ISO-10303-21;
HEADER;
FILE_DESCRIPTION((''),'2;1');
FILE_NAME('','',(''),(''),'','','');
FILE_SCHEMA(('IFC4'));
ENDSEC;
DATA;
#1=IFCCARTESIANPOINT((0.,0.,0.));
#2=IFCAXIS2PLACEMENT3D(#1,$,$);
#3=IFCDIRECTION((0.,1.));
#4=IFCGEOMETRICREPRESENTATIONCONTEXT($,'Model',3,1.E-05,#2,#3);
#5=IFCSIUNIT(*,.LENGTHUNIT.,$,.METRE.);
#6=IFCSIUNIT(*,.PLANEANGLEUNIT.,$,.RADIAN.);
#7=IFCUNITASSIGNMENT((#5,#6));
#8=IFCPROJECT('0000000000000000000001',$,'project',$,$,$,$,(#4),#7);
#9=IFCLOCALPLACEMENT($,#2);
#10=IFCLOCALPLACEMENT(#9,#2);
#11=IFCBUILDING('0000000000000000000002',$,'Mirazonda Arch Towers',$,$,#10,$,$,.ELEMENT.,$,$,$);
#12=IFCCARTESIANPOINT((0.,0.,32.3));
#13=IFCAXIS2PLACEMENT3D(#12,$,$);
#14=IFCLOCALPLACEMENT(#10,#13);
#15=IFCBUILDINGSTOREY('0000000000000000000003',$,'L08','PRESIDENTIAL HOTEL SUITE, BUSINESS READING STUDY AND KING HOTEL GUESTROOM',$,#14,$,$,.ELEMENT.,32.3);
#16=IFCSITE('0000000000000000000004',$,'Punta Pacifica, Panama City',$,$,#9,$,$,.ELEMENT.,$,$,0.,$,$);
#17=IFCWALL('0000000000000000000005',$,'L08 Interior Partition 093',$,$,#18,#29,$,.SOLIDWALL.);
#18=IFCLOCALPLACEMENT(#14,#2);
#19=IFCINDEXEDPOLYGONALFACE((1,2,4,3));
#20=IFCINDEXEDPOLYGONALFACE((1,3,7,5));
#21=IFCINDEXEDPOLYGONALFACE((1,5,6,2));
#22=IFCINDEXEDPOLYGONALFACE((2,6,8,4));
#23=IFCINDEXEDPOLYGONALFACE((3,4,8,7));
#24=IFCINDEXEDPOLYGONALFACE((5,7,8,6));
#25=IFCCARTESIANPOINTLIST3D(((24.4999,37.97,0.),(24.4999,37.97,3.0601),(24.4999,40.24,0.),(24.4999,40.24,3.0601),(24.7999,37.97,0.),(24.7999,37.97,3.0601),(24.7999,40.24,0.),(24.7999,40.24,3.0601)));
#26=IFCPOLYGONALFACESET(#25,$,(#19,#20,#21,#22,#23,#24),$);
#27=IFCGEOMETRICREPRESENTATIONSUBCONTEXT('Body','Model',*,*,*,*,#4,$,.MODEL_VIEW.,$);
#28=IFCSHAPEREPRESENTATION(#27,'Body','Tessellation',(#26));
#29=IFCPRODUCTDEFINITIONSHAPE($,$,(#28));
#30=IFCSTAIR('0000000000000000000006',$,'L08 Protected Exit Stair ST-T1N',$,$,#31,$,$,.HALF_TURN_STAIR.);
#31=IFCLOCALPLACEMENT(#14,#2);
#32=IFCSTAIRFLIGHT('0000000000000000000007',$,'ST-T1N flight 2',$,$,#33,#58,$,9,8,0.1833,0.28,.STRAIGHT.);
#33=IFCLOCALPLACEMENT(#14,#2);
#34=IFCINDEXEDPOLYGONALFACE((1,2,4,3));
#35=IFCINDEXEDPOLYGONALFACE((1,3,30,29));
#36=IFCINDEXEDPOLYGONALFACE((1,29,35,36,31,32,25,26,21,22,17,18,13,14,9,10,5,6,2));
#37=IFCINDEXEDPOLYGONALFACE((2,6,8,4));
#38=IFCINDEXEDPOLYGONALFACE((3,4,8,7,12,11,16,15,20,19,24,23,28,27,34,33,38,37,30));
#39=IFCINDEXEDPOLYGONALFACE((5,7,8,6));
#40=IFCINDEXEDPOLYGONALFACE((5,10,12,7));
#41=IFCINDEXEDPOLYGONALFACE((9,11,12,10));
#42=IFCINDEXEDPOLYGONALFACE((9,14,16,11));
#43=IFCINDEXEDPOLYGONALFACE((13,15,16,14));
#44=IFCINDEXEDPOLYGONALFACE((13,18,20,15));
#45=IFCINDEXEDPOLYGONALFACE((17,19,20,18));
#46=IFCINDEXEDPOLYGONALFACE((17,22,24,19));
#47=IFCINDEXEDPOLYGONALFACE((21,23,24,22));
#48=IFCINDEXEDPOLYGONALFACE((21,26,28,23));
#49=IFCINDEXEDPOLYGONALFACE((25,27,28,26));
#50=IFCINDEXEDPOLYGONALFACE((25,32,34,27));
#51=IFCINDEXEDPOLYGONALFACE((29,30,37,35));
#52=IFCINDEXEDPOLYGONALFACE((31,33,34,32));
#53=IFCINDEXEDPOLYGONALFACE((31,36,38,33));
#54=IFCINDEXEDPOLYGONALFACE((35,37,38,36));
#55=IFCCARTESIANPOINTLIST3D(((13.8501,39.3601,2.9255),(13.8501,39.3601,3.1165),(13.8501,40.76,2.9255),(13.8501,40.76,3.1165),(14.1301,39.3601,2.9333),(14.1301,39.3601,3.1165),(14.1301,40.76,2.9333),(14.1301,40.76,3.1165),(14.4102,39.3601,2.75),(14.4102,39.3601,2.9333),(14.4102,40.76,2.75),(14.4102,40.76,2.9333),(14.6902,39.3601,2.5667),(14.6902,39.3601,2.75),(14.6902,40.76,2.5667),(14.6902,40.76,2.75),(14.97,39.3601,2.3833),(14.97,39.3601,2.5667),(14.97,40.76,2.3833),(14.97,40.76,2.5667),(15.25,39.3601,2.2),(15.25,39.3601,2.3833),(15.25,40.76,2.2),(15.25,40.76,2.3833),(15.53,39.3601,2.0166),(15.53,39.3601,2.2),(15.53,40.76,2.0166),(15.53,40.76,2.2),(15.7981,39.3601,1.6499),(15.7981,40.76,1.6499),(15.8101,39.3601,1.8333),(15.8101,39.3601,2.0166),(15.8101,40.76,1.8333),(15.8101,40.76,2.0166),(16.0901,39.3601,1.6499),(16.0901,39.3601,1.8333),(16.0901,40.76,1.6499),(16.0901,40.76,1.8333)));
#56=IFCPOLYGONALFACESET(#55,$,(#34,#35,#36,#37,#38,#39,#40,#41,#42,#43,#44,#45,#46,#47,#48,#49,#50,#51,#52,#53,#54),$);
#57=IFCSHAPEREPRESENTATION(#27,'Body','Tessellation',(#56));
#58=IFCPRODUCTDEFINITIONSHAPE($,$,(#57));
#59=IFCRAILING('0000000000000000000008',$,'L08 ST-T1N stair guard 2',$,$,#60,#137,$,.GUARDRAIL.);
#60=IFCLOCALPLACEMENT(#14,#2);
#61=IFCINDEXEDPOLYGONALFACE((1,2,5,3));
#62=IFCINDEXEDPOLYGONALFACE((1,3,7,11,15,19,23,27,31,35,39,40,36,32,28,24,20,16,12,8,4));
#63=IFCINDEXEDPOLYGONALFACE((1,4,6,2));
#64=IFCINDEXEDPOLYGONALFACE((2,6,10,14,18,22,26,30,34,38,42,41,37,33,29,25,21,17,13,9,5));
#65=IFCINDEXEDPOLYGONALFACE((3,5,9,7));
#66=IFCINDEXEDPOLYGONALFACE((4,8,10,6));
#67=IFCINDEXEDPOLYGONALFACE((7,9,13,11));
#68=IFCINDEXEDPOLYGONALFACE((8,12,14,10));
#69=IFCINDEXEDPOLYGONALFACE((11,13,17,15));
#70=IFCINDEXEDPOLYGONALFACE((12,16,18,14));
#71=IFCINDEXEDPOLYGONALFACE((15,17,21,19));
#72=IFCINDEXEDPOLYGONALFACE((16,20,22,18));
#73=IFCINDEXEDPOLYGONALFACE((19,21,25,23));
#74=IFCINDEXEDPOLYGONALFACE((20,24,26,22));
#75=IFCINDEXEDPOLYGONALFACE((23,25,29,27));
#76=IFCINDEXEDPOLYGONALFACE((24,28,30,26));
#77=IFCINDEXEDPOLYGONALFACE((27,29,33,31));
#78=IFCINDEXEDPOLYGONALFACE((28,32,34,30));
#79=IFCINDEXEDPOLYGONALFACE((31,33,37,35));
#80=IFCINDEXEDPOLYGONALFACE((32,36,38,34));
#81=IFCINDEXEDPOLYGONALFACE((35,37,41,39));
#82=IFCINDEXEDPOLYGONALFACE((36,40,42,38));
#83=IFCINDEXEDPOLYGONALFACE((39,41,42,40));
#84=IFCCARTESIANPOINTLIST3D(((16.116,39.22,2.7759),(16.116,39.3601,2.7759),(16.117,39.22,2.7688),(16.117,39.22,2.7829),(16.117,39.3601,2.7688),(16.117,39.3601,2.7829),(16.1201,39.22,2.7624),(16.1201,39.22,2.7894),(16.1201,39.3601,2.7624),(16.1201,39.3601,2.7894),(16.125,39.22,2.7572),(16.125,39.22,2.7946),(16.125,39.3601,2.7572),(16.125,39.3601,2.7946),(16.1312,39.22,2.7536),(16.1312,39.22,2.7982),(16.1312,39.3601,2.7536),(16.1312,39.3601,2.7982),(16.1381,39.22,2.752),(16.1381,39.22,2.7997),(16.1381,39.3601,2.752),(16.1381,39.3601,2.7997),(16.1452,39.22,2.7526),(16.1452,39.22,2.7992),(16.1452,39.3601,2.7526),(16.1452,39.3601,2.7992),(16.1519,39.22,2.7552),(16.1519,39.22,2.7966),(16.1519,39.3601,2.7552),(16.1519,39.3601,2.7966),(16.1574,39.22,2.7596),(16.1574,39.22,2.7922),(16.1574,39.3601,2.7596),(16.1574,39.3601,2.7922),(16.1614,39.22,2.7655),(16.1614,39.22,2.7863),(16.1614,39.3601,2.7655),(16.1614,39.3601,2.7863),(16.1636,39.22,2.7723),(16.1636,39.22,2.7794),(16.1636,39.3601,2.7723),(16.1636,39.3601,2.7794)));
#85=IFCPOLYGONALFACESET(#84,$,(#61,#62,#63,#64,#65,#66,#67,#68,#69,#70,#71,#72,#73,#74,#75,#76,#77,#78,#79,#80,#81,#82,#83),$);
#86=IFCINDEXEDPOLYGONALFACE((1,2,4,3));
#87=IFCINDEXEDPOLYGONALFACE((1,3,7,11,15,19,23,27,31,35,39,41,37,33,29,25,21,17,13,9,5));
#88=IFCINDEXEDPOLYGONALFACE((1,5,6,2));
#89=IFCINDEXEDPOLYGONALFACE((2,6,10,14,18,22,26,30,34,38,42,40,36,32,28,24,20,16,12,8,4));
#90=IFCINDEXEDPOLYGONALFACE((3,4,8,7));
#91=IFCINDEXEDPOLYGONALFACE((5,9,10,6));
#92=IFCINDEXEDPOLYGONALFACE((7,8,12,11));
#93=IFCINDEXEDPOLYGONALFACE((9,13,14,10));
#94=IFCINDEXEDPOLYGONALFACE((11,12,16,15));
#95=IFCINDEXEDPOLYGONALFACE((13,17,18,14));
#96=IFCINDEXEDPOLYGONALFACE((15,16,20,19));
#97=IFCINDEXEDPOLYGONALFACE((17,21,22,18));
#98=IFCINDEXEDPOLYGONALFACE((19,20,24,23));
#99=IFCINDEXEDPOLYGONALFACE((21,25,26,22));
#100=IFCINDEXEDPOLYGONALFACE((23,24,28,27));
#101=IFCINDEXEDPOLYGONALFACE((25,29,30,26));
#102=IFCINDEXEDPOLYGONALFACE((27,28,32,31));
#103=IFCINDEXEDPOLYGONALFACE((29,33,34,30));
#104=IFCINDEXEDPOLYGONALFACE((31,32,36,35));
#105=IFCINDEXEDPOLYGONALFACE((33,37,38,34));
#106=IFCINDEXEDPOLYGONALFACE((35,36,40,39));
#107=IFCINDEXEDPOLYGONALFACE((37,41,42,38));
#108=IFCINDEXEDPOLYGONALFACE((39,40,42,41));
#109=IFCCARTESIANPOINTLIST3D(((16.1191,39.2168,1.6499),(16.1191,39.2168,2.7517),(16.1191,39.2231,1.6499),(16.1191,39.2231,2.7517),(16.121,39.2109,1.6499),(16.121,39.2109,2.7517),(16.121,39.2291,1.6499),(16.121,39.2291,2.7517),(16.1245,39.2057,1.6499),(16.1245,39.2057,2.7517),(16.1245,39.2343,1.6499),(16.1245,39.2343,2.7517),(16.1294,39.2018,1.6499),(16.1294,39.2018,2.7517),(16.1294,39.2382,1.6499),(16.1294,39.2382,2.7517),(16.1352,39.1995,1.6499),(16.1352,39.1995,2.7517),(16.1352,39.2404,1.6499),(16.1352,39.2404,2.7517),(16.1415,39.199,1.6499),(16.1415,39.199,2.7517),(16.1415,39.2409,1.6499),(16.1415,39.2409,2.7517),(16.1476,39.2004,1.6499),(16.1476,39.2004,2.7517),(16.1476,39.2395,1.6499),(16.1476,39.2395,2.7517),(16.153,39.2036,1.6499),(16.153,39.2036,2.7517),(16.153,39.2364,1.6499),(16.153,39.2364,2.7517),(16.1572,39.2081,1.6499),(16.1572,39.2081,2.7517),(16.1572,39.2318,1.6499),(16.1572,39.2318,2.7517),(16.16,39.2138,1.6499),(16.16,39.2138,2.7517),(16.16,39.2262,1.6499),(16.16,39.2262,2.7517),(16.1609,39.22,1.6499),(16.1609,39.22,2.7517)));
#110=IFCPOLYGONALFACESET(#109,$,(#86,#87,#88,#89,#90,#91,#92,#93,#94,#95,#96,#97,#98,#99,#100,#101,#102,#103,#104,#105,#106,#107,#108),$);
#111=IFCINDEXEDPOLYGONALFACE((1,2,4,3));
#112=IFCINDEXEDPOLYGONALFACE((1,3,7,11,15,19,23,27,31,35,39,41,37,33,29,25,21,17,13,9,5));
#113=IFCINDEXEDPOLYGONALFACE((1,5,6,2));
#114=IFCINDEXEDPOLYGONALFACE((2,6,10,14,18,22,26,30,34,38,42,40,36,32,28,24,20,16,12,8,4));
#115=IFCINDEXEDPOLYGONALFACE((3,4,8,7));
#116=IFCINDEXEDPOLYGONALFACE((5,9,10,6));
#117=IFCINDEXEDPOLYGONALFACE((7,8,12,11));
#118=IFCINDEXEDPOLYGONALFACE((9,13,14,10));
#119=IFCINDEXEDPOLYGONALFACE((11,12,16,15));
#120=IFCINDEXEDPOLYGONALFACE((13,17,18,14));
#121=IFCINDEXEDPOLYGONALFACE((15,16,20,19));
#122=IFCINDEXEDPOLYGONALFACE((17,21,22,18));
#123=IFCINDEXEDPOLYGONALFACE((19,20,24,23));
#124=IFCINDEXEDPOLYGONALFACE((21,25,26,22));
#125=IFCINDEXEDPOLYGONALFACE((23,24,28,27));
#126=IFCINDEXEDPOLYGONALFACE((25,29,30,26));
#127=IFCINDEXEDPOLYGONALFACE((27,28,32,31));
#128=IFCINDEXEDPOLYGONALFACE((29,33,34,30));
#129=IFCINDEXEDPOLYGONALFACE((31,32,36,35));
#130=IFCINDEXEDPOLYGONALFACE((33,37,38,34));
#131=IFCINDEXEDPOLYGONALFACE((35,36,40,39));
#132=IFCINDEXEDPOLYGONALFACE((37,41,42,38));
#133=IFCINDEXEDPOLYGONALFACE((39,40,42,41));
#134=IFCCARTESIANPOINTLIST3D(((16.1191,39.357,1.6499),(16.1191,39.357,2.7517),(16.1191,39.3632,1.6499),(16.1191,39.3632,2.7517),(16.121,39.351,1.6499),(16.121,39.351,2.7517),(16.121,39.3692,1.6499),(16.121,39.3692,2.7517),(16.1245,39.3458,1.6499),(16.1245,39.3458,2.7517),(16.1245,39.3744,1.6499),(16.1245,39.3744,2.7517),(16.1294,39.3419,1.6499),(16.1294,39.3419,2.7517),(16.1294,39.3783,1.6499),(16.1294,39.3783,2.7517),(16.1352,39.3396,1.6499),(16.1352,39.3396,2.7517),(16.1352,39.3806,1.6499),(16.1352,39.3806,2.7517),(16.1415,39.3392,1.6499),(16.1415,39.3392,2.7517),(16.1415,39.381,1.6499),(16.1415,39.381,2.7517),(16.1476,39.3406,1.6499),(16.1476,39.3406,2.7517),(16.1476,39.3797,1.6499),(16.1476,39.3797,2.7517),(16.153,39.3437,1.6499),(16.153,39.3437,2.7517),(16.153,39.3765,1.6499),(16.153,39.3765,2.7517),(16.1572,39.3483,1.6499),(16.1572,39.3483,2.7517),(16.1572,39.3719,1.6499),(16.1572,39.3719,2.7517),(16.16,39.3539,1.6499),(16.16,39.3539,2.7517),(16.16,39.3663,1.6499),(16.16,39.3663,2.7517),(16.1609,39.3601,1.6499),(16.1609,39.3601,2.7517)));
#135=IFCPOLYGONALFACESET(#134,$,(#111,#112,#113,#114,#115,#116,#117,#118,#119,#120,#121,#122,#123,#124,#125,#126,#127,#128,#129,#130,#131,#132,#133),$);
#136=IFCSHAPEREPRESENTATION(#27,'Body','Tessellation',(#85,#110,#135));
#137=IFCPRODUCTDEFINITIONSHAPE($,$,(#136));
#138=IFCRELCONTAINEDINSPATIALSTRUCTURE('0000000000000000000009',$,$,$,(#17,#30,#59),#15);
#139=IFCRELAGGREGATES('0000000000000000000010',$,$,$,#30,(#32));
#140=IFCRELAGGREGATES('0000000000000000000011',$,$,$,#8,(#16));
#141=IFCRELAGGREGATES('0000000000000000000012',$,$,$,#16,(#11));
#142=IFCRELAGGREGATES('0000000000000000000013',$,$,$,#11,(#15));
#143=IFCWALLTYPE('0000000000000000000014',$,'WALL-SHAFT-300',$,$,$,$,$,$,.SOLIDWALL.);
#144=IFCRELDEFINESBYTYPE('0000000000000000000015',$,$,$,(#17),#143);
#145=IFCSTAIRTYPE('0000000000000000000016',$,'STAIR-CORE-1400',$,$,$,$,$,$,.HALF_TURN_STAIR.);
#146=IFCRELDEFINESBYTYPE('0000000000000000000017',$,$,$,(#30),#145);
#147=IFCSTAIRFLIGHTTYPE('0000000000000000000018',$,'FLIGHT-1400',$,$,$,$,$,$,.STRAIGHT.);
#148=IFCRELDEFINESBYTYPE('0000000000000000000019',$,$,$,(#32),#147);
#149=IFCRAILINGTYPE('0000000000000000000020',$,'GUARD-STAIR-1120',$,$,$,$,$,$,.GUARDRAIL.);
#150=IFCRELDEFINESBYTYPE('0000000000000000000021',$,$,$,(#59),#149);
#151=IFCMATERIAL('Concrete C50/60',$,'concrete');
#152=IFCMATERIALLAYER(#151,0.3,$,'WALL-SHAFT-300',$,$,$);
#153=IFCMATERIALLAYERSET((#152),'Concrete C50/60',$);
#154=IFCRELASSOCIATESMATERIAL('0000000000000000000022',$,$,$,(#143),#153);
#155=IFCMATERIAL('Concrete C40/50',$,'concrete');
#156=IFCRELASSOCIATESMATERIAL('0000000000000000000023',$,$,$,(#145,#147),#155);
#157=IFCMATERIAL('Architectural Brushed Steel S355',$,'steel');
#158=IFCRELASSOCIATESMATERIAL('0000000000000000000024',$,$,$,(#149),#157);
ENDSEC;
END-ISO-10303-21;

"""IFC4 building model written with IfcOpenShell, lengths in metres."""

from ifc_helpers import new_model, si_unit, direction, frame, frame_2d, origin, origin_2d, place, context, subcontext, project, spatial, polyline, rectangle, circle, outline, extrude, material, layer, layer_set, type_object, element, aggregate, save


model = new_model("IFC4")

# Units and contexts
model_context = context("Model", 3, precision=1e-05, world=origin(), true_north=direction((0.0, 1.0)))
body_context = subcontext(model_context, "Body", "Model", "MODEL_VIEW")
ifc_project = project(units=[si_unit("LENGTHUNIT", "METRE"), si_unit("PLANEANGLEUNIT", "RADIAN")], contexts=[model_context])

# Site, building, storey
site_placement = place(None, origin())
site = spatial("IfcSite", under=ifc_project, at=site_placement, Name="Punta Pacifica, Panama City", CompositionType="ELEMENT", RefElevation=0.0)
building_placement = place(site_placement, origin())
building = spatial("IfcBuilding", under=site, at=building_placement, Name="Mirazonda Arch Towers", CompositionType="ELEMENT")
storey_placement = place(building_placement, frame((0.0, 0.0, 32.3)))
storey = spatial("IfcBuildingStorey", under=building, at=storey_placement, Name="L08", Description="PRESIDENTIAL HOTEL SUITE, BUSINESS READING STUDY AND KING HOTEL GUESTROOM", CompositionType="ELEMENT", Elevation=32.3)

# Shared definitions
ifc_material_1 = material(Name="Concrete C40/50", Category="concrete")
ifc_material_2 = material(Name="Architectural Brushed Steel S355", Category="steel")

# Wall
ifc_material_3 = material(Name="Concrete C50/60", Category="concrete")
ifc_layer_1 = layer(ifc_material_3, 0.3, Name="WALL-SHAFT-300")
ifc_layer_set_1 = layer_set([ifc_layer_1], Name="Concrete C50/60")
wall_type_1 = type_object("IfcWallType", Name="WALL-SHAFT-300", PredefinedType="SOLIDWALL", material=ifc_layer_set_1)
wall_1_placement = place(storey_placement, frame((24.6499, 37.97, 0.0), z_axis=(0.0, 0.0, 1.0), x_axis=(0.0, 1.0, 0.0)))
element("IfcWall", 1, at=wall_1_placement, inside=storey, type_object=wall_type_1, Name="L08 Interior Partition 093", PredefinedType="SOLIDWALL", context=body_context, shape_type="SweptSolid", body=[
    extrude(rectangle(XDim=2.27, YDim=0.3, at=frame_2d((1.135, 0.0))), origin(), (0.0, 0.0, 1.0), 3.0601),
])

# Stair, stair flight
stair_type = type_object("IfcStairType", Name="STAIR-CORE-1400", PredefinedType="HALF_TURN_STAIR", material=ifc_material_1)
stair_placement = place(storey_placement, origin())
stair = element("IfcStair", 2, at=stair_placement, inside=storey, type_object=stair_type, Name="L08 Protected Exit Stair ST-T1N", PredefinedType="HALF_TURN_STAIR")
stair_flight_type = type_object("IfcStairFlightType", Name="FLIGHT-1400", PredefinedType="STRAIGHT", material=ifc_material_1)
stair_flight_placement = place(storey_placement, frame((16.0901, 40.0601, 1.6499), z_axis=(0.0, 0.0, 1.0), x_axis=(-1.0, 0.0, 0.0)))
stair_flight = element("IfcStairFlight", 3, at=stair_flight_placement, type_object=stair_flight_type, Name="ST-T1N flight 2", NumberOfRisers=9, NumberOfTreads=8, PredefinedType="STRAIGHT", RiserHeight=0.1833, TreadLength=0.28, context=body_context, shape_type="SweptSolid", body=[
    extrude(outline(polyline([(0.0, 0.0), (0.0, 0.1833), (0.28, 0.1833), (0.28, 0.3667), (0.5601, 0.3667), (0.5601, 0.55), (0.8401, 0.55), (0.8401, 0.7334), (1.1201, 0.7334), (1.1201, 0.9167), (1.3999, 0.9167), (1.3999, 1.1001), (1.6799, 1.1001), (1.6799, 1.2834), (1.96, 1.2834), (1.96, 1.4666), (2.24, 1.4666), (2.24, 1.6499), (2.24, 1.2756), (0.292, 0.0), (0.0, 0.0)])), frame((0.0, 0.7, 0.0), z_axis=(0.0, -1.0, 0.0), x_axis=(1.0, 0.0, 0.0)), (0.0, 0.0, 1.0), 1.3999),
])
aggregate(stair, [stair_flight])

# Railing
railing_type_1 = type_object("IfcRailingType", Name="GUARD-STAIR-1120", PredefinedType="GUARDRAIL", material=ifc_material_2)
railing_1_placement = place(storey_placement, frame((16.1399, 39.22, 1.6499)))
element("IfcRailing", 4, at=railing_1_placement, inside=storey, type_object=railing_type_1, Name="L08 ST-T1N stair guard 2", PredefinedType="GUARDRAIL", context=body_context, shape_type="SweptSolid", body=[
    extrude(circle(Radius=0.0239, at=origin_2d()), frame((0.0, 0.0, 1.126), z_axis=(0.0, 1.0, 0.0), x_axis=(-1.0, 0.0, 0.0)), (0.0, 0.0, 1.0), 0.1401),
    extrude(circle(Radius=0.021, at=origin_2d()), origin(), (0.0, 0.0, 1.0), 1.1018),
    extrude(circle(Radius=0.021, at=origin_2d()), frame((0.0, 0.1401, 0.0)), (0.0, 0.0, 1.0), 1.1018),
])

save(model, "model.ifc")
